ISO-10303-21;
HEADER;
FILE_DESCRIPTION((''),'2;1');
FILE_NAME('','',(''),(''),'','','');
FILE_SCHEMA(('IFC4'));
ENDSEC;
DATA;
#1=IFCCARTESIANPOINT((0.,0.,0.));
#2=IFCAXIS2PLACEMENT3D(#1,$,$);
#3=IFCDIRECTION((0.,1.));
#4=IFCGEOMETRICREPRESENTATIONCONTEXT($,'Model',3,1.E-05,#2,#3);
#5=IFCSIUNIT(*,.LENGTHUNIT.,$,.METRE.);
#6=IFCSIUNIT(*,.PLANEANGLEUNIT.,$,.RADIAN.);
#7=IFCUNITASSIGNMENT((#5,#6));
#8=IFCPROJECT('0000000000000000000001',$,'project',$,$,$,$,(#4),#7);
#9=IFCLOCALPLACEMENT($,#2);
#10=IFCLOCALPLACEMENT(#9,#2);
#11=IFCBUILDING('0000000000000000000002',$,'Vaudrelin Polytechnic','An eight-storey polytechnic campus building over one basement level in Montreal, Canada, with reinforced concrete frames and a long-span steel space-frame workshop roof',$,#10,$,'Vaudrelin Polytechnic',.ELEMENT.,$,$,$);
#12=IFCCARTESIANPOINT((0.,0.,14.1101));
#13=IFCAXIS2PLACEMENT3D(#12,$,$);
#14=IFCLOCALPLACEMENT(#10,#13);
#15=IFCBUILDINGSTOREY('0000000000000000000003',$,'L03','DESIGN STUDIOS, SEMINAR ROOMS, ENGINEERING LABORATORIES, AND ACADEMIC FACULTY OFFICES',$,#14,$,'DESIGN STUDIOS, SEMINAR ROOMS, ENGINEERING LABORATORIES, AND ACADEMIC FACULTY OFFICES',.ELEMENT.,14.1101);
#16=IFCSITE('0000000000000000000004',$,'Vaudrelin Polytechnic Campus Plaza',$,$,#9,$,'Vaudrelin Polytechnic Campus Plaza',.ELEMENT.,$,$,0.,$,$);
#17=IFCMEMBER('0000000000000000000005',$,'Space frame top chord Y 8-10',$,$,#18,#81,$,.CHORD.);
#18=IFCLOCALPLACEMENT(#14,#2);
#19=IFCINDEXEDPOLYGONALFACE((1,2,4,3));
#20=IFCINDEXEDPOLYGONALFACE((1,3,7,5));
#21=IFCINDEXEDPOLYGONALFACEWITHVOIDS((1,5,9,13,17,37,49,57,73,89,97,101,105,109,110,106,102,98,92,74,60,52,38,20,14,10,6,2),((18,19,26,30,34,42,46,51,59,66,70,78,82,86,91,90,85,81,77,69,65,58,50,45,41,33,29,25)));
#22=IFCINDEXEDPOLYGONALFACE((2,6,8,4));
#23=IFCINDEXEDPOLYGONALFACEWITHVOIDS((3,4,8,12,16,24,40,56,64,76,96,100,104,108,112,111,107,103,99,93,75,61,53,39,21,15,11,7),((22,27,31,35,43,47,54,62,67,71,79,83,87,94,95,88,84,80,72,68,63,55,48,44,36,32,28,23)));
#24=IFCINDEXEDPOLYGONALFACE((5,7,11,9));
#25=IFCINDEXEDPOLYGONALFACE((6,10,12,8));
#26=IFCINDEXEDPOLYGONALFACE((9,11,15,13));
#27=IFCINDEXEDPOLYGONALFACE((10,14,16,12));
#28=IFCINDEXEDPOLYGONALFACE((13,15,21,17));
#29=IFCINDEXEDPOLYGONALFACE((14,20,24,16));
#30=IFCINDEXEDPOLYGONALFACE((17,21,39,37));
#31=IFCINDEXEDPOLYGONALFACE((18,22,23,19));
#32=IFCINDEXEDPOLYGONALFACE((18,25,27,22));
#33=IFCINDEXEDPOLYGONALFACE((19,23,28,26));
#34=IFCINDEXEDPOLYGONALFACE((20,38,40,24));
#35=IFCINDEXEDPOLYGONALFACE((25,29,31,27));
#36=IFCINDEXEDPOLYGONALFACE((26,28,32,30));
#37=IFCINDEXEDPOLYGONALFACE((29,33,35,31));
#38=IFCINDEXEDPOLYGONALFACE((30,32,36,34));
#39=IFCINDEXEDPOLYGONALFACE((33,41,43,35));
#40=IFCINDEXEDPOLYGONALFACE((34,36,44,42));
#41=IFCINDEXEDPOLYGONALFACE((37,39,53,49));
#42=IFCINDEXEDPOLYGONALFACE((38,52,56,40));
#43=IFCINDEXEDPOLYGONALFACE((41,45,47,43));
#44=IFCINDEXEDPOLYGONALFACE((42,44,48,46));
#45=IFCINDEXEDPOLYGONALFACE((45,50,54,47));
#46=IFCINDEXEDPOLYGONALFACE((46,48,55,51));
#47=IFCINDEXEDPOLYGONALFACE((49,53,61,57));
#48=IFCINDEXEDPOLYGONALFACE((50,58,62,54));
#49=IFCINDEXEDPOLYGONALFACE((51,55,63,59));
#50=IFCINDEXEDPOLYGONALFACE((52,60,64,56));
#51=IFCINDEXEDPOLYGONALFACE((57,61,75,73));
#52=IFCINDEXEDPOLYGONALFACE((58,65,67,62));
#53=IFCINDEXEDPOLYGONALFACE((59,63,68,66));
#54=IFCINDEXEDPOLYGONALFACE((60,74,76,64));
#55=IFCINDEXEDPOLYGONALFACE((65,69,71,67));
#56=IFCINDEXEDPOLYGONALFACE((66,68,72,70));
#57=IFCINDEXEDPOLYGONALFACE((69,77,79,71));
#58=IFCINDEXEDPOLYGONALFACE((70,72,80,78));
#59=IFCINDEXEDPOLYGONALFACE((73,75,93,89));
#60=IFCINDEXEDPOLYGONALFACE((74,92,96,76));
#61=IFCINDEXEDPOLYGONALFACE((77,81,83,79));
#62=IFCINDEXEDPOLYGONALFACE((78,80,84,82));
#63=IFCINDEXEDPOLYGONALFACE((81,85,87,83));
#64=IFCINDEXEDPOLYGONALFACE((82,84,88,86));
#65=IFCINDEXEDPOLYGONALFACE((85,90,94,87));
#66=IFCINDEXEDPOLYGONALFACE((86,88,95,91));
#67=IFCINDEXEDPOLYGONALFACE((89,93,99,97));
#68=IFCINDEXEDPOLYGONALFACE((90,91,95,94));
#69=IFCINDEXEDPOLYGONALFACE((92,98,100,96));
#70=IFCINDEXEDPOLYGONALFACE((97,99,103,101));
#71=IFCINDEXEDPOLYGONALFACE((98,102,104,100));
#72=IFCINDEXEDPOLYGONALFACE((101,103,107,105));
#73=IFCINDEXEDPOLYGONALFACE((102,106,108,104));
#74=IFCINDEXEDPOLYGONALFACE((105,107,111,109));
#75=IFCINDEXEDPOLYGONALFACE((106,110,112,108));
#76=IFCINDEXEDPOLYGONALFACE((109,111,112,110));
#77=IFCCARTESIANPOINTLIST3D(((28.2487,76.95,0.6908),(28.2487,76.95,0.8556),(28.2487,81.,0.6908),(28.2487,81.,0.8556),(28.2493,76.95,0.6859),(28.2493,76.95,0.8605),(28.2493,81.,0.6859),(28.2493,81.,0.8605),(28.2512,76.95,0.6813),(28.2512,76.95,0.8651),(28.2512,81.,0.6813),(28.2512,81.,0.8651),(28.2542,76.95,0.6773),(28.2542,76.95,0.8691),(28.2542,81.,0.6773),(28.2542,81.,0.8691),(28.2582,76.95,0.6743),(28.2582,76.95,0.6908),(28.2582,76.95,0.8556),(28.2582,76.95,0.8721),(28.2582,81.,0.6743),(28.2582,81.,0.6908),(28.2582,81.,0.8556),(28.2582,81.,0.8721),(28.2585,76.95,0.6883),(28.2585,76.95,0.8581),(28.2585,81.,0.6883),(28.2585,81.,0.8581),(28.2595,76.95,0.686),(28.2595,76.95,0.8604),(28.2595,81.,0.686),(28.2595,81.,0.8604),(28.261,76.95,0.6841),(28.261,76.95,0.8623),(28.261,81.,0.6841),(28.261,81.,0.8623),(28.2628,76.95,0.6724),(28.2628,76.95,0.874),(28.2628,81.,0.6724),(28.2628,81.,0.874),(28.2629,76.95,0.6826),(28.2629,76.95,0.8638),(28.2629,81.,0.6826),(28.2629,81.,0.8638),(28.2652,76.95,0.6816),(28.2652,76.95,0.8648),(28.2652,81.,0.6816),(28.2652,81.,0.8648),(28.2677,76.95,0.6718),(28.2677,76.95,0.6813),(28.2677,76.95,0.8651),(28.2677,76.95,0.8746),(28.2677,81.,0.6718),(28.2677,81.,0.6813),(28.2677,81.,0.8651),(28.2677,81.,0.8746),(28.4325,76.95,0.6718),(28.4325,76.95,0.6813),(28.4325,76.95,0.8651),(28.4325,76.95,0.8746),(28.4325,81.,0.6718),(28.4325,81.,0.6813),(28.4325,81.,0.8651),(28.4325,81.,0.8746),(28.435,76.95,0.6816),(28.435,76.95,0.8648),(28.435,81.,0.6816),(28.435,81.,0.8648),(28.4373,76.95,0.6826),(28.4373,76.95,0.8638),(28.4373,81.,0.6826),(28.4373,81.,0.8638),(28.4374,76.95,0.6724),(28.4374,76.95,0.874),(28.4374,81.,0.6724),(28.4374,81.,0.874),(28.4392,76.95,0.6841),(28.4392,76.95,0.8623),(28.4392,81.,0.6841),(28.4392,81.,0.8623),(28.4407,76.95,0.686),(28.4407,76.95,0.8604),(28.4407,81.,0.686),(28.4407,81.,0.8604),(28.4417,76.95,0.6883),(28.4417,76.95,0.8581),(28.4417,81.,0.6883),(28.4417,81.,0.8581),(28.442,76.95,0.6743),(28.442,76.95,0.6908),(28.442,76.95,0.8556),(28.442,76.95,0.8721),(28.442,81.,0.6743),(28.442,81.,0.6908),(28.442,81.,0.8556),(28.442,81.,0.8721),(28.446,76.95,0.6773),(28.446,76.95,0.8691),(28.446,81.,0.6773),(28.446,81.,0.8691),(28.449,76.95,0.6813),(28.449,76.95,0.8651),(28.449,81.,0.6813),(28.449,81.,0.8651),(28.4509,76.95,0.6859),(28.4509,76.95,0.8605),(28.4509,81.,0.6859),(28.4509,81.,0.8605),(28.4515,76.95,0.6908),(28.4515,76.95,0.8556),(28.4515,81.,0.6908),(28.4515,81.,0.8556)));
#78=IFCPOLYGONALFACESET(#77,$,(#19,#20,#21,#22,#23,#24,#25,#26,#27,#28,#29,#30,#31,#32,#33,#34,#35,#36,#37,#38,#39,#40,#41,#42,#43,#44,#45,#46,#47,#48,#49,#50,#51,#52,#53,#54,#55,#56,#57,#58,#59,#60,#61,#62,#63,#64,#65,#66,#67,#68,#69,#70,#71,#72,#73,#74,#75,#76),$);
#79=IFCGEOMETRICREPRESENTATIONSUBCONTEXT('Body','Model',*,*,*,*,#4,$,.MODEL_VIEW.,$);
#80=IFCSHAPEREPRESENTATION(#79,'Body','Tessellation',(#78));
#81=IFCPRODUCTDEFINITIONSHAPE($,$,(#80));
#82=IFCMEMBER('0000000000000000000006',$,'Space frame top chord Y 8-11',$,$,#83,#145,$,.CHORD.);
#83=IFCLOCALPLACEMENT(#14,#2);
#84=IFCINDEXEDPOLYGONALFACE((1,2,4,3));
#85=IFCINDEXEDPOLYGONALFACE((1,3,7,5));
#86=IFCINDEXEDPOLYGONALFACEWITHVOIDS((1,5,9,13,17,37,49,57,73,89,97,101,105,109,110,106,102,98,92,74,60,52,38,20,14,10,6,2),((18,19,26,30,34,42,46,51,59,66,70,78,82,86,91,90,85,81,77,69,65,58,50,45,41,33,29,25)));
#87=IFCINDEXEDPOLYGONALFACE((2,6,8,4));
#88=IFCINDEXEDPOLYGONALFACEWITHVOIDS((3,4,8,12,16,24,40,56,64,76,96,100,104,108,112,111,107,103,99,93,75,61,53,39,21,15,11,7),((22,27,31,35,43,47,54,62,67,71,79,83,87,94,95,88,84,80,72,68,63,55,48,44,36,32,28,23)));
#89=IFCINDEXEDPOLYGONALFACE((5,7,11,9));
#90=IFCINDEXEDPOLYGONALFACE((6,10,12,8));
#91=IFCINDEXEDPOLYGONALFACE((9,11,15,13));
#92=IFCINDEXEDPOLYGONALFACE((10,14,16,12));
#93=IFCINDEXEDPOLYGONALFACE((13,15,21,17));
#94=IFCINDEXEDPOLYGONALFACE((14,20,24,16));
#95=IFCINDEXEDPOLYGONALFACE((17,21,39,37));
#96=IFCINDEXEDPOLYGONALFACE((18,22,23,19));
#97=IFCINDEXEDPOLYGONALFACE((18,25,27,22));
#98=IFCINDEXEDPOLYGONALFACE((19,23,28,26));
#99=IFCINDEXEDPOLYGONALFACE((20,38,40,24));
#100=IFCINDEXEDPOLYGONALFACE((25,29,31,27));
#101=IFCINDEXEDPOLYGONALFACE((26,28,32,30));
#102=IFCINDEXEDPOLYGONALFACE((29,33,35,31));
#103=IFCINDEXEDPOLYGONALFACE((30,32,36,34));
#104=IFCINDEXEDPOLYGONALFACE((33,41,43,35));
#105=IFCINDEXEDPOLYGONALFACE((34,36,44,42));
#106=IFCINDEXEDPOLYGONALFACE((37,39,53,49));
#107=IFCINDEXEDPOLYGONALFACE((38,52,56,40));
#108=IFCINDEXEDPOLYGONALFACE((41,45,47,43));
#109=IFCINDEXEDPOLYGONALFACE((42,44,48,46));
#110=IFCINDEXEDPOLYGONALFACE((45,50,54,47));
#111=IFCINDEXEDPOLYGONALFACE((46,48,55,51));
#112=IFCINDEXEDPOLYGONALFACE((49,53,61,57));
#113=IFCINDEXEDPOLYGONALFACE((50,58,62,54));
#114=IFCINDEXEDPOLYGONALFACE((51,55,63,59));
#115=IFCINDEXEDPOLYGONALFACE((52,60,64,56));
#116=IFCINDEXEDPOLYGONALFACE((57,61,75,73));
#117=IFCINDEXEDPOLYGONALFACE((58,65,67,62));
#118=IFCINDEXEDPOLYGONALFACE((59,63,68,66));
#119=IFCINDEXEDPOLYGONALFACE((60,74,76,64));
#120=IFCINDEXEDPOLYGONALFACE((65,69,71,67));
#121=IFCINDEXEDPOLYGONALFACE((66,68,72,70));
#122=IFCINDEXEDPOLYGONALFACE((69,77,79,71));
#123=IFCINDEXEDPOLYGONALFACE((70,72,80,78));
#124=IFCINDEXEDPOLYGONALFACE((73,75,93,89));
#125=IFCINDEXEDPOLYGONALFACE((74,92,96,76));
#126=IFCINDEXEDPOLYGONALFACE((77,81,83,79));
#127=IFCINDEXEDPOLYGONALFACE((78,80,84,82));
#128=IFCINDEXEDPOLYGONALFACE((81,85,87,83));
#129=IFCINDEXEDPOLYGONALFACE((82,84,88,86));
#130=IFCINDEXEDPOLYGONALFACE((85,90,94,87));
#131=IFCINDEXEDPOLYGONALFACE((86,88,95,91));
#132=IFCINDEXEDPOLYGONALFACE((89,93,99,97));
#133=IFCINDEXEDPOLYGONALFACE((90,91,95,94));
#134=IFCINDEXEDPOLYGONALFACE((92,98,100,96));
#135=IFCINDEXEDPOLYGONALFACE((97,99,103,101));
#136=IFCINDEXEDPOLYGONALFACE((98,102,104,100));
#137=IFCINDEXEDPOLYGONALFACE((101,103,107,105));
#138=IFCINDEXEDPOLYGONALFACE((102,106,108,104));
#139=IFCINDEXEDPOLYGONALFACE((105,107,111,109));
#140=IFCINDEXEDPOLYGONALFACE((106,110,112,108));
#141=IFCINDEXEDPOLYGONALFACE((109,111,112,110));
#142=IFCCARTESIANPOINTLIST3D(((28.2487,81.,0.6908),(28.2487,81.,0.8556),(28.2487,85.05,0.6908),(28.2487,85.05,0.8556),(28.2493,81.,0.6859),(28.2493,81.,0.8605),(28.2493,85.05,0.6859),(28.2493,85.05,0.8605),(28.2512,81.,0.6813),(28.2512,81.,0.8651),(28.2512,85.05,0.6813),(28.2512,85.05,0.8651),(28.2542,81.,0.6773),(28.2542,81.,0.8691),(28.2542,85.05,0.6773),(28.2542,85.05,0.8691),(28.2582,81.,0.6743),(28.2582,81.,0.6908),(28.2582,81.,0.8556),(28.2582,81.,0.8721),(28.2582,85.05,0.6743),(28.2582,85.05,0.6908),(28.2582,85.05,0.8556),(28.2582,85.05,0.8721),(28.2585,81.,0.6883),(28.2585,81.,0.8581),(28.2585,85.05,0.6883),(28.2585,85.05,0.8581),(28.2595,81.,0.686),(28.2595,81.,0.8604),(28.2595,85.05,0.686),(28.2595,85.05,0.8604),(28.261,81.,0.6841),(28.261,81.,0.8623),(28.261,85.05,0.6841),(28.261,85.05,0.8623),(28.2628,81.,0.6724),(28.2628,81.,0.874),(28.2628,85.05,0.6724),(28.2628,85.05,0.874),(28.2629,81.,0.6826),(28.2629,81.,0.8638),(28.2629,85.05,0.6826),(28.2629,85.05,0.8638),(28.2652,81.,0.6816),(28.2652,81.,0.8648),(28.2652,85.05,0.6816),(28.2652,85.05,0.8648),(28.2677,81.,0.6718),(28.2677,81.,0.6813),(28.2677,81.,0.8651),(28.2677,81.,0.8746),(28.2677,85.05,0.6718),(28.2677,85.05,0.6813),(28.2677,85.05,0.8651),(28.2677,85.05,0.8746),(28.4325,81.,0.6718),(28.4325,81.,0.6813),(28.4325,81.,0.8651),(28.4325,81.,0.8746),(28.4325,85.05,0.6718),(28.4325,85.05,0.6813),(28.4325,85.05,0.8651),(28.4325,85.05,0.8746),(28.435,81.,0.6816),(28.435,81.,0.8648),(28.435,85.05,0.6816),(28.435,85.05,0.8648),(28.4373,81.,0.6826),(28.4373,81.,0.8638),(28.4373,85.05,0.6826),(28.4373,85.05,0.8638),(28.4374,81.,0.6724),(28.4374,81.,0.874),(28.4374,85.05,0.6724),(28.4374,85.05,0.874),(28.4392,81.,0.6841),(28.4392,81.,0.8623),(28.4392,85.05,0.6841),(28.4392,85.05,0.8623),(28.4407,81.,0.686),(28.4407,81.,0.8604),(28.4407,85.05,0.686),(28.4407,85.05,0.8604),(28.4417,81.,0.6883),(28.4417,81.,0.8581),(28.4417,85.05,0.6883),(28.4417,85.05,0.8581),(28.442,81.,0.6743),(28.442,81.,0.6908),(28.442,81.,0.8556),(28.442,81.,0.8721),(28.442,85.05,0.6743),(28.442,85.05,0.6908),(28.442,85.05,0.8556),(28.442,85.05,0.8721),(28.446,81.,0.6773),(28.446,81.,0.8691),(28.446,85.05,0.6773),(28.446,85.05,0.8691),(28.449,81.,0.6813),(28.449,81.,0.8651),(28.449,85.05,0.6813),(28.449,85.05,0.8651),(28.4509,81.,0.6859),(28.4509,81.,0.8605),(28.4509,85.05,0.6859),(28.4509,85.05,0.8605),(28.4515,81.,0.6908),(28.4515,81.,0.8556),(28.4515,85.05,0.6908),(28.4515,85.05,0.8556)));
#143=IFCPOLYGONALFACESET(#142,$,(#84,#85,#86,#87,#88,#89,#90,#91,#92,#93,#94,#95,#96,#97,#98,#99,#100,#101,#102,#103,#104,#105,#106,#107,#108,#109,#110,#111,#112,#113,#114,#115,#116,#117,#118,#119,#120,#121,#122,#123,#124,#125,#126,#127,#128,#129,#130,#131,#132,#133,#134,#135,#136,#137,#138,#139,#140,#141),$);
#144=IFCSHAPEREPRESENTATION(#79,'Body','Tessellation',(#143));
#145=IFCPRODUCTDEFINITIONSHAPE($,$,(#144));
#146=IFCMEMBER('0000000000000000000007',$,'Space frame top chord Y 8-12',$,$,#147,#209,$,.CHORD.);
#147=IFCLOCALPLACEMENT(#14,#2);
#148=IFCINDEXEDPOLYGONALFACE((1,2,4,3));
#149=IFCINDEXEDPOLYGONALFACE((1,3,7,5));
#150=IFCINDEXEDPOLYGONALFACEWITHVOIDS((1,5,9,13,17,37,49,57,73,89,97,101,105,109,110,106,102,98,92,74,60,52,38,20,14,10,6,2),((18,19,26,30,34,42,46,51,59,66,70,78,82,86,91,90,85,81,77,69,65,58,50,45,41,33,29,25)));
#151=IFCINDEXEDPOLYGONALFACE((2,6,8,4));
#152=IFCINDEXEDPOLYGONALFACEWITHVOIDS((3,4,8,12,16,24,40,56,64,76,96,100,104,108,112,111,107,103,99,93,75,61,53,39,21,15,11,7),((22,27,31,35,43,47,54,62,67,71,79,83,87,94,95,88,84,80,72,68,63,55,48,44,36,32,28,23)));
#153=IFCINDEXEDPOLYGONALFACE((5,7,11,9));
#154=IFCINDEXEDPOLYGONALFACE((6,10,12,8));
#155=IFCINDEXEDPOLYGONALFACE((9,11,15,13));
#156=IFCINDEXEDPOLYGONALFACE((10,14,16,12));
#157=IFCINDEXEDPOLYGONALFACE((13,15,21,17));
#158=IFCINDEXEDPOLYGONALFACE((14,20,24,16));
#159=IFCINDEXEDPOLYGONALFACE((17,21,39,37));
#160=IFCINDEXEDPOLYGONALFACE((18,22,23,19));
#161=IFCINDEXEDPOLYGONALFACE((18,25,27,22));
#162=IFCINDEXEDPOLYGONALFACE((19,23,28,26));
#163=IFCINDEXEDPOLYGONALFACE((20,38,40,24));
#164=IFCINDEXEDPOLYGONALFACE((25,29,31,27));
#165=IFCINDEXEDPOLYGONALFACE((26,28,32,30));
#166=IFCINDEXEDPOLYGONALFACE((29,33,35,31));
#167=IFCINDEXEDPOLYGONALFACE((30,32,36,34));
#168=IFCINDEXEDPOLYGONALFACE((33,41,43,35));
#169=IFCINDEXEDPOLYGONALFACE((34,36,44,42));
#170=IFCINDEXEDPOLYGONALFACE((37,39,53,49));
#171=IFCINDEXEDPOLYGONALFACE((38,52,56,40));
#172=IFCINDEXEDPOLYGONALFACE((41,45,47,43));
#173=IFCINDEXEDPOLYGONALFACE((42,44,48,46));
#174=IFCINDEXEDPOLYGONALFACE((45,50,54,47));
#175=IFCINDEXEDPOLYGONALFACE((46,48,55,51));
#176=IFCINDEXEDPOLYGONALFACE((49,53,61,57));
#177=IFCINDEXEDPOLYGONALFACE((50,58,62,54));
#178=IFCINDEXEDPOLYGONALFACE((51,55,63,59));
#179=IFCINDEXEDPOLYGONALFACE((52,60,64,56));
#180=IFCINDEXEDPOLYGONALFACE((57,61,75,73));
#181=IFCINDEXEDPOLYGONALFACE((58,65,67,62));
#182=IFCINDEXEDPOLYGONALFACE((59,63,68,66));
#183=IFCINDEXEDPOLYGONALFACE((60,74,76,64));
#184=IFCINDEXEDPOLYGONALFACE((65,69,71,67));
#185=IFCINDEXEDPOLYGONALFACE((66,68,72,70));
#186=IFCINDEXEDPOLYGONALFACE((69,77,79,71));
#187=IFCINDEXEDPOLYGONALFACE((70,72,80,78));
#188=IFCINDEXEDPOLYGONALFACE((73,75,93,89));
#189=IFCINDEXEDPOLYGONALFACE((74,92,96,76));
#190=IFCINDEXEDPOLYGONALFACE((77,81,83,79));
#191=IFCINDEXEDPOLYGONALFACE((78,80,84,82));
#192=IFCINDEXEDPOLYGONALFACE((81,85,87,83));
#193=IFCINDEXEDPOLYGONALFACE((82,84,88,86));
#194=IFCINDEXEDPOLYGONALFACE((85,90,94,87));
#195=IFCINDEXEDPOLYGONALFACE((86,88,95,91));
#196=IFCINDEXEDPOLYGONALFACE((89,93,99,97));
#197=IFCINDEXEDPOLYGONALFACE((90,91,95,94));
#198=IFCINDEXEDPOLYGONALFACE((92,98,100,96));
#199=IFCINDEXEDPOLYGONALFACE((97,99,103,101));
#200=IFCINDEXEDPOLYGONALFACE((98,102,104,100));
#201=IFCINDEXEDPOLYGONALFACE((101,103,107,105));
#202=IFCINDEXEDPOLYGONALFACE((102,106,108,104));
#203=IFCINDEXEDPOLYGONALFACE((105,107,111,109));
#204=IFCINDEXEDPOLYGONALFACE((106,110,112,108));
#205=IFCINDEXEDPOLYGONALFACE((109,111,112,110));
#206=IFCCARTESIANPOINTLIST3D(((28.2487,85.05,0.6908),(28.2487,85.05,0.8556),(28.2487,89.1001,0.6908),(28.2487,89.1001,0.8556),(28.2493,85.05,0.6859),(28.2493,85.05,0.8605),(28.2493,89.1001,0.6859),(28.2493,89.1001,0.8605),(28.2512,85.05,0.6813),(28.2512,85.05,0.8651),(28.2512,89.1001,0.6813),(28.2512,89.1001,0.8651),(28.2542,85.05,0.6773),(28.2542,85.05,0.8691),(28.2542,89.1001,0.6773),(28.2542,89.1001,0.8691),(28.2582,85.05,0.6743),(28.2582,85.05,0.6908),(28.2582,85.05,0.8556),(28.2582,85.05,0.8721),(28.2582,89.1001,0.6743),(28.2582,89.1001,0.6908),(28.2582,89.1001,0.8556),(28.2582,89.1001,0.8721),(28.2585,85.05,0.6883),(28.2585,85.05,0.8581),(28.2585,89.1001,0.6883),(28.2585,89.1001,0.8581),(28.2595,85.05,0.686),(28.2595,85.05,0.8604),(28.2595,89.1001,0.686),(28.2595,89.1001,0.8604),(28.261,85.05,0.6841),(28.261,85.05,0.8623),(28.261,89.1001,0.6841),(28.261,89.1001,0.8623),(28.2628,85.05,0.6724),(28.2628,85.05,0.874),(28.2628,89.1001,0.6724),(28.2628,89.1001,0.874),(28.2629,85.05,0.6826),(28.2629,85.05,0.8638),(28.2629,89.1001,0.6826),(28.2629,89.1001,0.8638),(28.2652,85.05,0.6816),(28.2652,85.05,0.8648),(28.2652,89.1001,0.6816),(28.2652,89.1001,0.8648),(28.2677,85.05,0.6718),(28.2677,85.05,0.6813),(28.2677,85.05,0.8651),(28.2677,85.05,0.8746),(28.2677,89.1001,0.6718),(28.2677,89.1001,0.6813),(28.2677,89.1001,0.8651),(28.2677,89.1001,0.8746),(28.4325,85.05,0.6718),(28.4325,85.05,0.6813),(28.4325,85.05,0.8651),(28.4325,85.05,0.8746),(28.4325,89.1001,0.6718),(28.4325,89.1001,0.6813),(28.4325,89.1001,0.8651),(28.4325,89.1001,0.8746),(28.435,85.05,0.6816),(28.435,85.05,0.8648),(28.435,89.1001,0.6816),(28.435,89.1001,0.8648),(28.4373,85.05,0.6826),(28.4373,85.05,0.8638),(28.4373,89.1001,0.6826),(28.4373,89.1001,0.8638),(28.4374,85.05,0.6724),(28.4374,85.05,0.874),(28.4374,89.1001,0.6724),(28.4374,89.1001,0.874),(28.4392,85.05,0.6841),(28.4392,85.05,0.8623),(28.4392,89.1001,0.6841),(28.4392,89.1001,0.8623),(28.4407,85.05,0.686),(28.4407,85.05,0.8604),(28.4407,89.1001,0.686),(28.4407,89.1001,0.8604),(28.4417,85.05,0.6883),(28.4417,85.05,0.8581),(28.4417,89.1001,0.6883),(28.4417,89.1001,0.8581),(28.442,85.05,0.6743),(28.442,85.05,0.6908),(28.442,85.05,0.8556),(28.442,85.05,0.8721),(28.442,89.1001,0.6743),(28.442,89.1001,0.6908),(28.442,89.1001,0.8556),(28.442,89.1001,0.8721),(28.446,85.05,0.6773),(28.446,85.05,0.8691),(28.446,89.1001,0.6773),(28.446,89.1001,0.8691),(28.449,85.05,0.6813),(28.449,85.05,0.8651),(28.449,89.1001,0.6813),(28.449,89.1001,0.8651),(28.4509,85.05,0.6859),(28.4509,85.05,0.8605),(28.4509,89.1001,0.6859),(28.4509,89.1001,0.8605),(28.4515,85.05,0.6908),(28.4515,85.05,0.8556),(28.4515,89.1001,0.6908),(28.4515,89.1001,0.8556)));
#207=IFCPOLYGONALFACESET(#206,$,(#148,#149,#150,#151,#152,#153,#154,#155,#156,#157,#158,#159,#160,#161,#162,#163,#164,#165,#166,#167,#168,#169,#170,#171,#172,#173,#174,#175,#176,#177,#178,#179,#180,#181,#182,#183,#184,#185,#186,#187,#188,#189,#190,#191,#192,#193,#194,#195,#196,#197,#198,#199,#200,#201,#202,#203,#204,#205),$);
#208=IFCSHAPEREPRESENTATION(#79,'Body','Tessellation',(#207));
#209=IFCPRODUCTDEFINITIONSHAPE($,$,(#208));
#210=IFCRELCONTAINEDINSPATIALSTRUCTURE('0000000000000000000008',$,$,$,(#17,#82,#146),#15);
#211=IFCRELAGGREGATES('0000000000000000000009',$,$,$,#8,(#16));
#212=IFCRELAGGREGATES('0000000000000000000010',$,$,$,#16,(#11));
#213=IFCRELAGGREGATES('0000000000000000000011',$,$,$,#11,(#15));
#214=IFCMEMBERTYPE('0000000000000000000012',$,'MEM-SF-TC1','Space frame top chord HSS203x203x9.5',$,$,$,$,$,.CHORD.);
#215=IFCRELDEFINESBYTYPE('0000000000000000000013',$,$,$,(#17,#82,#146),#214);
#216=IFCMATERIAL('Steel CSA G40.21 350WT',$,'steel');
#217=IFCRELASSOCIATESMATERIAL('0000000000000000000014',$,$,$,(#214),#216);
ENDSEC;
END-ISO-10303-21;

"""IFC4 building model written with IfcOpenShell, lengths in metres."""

from ifc_helpers import new_model, si_unit, direction, frame, origin, origin_2d, place, context, subcontext, project, spatial, hollow_rectangle, extrude, material, material_profile, profile_set, type_object, element, save


model = new_model("IFC4")

# Units and contexts
model_context = context("Model", 3, precision=1e-05, world=origin(), true_north=direction((0.0, 1.0)))
body_context = subcontext(model_context, "Body", "Model", "MODEL_VIEW")
ifc_project = project(units=[si_unit("LENGTHUNIT", "METRE"), si_unit("PLANEANGLEUNIT", "RADIAN")], contexts=[model_context])

# Site, building, storey
site_placement = place(None, origin())
site = spatial("IfcSite", under=ifc_project, at=site_placement, Name="Vaudrelin Polytechnic Campus Plaza", LongName="Vaudrelin Polytechnic Campus Plaza", CompositionType="ELEMENT", RefElevation=0.0)
building_placement = place(site_placement, origin())
building = spatial("IfcBuilding", under=site, at=building_placement, Name="Vaudrelin Polytechnic", Description="An eight-storey polytechnic campus building over one basement level in Montreal, Canada, with reinforced concrete frames and a long-span steel space-frame workshop roof", LongName="Vaudrelin Polytechnic", CompositionType="ELEMENT")
storey_placement = place(building_placement, frame((0.0, 0.0, 14.1101)))
storey = spatial("IfcBuildingStorey", under=building, at=storey_placement, Name="L03", Description="DESIGN STUDIOS, SEMINAR ROOMS, ENGINEERING LABORATORIES, AND ACADEMIC FACULTY OFFICES", LongName="DESIGN STUDIOS, SEMINAR ROOMS, ENGINEERING LABORATORIES, AND ACADEMIC FACULTY OFFICES", CompositionType="ELEMENT", Elevation=14.1101)

# Members
ifc_material = material(Name="Steel CSA G40.21 350WT", Category="steel")
ifc_material_profile_1 = material_profile(ifc_material, hollow_rectangle(XDim=0.2029, YDim=0.2029, WallThickness=0.0095, InnerFilletRadius=0.0095, OuterFilletRadius=0.019, at=origin_2d()), Name="HSS203x203x9.5")
ifc_profile_set_1 = profile_set([ifc_material_profile_1], Name="Steel CSA G40.21 350WT")
member_type_1 = type_object("IfcMemberType", Name="MEM-SF-TC1", Description="Space frame top chord HSS203x203x9.5", PredefinedType="CHORD", material=ifc_profile_set_1)
for number, where, z_axis, x_axis, name in (
    (1, (28.3501, 76.95, 0.7732), (0.0, 1.0, 0.0), (-1.0, 0.0, 0.0), "Space frame top chord Y 8-10"),
    (2, (28.3501, 81.0, 0.7732), (0.0, 1.0, 0.0), (-1.0, 0.0, 0.0), "Space frame top chord Y 8-11"),
    (3, (28.3501, 85.05, 0.7732), (0.0, 1.0, 0.0), (-1.0, 0.0, 0.0), "Space frame top chord Y 8-12"),
):
    element("IfcMember", number, at=place(storey_placement, frame(where, z_axis=z_axis, x_axis=x_axis)), inside=storey, type_object=member_type_1, Name=name, PredefinedType="CHORD", context=body_context, shape_type="SweptSolid", body=[
        extrude(hollow_rectangle(XDim=0.2029, YDim=0.2029, WallThickness=0.0095, InnerFilletRadius=0.0095, OuterFilletRadius=0.019, at=origin_2d()), origin(), (0.0, 0.0, 1.0), 4.05),
    ])

save(model, "model.ifc")
